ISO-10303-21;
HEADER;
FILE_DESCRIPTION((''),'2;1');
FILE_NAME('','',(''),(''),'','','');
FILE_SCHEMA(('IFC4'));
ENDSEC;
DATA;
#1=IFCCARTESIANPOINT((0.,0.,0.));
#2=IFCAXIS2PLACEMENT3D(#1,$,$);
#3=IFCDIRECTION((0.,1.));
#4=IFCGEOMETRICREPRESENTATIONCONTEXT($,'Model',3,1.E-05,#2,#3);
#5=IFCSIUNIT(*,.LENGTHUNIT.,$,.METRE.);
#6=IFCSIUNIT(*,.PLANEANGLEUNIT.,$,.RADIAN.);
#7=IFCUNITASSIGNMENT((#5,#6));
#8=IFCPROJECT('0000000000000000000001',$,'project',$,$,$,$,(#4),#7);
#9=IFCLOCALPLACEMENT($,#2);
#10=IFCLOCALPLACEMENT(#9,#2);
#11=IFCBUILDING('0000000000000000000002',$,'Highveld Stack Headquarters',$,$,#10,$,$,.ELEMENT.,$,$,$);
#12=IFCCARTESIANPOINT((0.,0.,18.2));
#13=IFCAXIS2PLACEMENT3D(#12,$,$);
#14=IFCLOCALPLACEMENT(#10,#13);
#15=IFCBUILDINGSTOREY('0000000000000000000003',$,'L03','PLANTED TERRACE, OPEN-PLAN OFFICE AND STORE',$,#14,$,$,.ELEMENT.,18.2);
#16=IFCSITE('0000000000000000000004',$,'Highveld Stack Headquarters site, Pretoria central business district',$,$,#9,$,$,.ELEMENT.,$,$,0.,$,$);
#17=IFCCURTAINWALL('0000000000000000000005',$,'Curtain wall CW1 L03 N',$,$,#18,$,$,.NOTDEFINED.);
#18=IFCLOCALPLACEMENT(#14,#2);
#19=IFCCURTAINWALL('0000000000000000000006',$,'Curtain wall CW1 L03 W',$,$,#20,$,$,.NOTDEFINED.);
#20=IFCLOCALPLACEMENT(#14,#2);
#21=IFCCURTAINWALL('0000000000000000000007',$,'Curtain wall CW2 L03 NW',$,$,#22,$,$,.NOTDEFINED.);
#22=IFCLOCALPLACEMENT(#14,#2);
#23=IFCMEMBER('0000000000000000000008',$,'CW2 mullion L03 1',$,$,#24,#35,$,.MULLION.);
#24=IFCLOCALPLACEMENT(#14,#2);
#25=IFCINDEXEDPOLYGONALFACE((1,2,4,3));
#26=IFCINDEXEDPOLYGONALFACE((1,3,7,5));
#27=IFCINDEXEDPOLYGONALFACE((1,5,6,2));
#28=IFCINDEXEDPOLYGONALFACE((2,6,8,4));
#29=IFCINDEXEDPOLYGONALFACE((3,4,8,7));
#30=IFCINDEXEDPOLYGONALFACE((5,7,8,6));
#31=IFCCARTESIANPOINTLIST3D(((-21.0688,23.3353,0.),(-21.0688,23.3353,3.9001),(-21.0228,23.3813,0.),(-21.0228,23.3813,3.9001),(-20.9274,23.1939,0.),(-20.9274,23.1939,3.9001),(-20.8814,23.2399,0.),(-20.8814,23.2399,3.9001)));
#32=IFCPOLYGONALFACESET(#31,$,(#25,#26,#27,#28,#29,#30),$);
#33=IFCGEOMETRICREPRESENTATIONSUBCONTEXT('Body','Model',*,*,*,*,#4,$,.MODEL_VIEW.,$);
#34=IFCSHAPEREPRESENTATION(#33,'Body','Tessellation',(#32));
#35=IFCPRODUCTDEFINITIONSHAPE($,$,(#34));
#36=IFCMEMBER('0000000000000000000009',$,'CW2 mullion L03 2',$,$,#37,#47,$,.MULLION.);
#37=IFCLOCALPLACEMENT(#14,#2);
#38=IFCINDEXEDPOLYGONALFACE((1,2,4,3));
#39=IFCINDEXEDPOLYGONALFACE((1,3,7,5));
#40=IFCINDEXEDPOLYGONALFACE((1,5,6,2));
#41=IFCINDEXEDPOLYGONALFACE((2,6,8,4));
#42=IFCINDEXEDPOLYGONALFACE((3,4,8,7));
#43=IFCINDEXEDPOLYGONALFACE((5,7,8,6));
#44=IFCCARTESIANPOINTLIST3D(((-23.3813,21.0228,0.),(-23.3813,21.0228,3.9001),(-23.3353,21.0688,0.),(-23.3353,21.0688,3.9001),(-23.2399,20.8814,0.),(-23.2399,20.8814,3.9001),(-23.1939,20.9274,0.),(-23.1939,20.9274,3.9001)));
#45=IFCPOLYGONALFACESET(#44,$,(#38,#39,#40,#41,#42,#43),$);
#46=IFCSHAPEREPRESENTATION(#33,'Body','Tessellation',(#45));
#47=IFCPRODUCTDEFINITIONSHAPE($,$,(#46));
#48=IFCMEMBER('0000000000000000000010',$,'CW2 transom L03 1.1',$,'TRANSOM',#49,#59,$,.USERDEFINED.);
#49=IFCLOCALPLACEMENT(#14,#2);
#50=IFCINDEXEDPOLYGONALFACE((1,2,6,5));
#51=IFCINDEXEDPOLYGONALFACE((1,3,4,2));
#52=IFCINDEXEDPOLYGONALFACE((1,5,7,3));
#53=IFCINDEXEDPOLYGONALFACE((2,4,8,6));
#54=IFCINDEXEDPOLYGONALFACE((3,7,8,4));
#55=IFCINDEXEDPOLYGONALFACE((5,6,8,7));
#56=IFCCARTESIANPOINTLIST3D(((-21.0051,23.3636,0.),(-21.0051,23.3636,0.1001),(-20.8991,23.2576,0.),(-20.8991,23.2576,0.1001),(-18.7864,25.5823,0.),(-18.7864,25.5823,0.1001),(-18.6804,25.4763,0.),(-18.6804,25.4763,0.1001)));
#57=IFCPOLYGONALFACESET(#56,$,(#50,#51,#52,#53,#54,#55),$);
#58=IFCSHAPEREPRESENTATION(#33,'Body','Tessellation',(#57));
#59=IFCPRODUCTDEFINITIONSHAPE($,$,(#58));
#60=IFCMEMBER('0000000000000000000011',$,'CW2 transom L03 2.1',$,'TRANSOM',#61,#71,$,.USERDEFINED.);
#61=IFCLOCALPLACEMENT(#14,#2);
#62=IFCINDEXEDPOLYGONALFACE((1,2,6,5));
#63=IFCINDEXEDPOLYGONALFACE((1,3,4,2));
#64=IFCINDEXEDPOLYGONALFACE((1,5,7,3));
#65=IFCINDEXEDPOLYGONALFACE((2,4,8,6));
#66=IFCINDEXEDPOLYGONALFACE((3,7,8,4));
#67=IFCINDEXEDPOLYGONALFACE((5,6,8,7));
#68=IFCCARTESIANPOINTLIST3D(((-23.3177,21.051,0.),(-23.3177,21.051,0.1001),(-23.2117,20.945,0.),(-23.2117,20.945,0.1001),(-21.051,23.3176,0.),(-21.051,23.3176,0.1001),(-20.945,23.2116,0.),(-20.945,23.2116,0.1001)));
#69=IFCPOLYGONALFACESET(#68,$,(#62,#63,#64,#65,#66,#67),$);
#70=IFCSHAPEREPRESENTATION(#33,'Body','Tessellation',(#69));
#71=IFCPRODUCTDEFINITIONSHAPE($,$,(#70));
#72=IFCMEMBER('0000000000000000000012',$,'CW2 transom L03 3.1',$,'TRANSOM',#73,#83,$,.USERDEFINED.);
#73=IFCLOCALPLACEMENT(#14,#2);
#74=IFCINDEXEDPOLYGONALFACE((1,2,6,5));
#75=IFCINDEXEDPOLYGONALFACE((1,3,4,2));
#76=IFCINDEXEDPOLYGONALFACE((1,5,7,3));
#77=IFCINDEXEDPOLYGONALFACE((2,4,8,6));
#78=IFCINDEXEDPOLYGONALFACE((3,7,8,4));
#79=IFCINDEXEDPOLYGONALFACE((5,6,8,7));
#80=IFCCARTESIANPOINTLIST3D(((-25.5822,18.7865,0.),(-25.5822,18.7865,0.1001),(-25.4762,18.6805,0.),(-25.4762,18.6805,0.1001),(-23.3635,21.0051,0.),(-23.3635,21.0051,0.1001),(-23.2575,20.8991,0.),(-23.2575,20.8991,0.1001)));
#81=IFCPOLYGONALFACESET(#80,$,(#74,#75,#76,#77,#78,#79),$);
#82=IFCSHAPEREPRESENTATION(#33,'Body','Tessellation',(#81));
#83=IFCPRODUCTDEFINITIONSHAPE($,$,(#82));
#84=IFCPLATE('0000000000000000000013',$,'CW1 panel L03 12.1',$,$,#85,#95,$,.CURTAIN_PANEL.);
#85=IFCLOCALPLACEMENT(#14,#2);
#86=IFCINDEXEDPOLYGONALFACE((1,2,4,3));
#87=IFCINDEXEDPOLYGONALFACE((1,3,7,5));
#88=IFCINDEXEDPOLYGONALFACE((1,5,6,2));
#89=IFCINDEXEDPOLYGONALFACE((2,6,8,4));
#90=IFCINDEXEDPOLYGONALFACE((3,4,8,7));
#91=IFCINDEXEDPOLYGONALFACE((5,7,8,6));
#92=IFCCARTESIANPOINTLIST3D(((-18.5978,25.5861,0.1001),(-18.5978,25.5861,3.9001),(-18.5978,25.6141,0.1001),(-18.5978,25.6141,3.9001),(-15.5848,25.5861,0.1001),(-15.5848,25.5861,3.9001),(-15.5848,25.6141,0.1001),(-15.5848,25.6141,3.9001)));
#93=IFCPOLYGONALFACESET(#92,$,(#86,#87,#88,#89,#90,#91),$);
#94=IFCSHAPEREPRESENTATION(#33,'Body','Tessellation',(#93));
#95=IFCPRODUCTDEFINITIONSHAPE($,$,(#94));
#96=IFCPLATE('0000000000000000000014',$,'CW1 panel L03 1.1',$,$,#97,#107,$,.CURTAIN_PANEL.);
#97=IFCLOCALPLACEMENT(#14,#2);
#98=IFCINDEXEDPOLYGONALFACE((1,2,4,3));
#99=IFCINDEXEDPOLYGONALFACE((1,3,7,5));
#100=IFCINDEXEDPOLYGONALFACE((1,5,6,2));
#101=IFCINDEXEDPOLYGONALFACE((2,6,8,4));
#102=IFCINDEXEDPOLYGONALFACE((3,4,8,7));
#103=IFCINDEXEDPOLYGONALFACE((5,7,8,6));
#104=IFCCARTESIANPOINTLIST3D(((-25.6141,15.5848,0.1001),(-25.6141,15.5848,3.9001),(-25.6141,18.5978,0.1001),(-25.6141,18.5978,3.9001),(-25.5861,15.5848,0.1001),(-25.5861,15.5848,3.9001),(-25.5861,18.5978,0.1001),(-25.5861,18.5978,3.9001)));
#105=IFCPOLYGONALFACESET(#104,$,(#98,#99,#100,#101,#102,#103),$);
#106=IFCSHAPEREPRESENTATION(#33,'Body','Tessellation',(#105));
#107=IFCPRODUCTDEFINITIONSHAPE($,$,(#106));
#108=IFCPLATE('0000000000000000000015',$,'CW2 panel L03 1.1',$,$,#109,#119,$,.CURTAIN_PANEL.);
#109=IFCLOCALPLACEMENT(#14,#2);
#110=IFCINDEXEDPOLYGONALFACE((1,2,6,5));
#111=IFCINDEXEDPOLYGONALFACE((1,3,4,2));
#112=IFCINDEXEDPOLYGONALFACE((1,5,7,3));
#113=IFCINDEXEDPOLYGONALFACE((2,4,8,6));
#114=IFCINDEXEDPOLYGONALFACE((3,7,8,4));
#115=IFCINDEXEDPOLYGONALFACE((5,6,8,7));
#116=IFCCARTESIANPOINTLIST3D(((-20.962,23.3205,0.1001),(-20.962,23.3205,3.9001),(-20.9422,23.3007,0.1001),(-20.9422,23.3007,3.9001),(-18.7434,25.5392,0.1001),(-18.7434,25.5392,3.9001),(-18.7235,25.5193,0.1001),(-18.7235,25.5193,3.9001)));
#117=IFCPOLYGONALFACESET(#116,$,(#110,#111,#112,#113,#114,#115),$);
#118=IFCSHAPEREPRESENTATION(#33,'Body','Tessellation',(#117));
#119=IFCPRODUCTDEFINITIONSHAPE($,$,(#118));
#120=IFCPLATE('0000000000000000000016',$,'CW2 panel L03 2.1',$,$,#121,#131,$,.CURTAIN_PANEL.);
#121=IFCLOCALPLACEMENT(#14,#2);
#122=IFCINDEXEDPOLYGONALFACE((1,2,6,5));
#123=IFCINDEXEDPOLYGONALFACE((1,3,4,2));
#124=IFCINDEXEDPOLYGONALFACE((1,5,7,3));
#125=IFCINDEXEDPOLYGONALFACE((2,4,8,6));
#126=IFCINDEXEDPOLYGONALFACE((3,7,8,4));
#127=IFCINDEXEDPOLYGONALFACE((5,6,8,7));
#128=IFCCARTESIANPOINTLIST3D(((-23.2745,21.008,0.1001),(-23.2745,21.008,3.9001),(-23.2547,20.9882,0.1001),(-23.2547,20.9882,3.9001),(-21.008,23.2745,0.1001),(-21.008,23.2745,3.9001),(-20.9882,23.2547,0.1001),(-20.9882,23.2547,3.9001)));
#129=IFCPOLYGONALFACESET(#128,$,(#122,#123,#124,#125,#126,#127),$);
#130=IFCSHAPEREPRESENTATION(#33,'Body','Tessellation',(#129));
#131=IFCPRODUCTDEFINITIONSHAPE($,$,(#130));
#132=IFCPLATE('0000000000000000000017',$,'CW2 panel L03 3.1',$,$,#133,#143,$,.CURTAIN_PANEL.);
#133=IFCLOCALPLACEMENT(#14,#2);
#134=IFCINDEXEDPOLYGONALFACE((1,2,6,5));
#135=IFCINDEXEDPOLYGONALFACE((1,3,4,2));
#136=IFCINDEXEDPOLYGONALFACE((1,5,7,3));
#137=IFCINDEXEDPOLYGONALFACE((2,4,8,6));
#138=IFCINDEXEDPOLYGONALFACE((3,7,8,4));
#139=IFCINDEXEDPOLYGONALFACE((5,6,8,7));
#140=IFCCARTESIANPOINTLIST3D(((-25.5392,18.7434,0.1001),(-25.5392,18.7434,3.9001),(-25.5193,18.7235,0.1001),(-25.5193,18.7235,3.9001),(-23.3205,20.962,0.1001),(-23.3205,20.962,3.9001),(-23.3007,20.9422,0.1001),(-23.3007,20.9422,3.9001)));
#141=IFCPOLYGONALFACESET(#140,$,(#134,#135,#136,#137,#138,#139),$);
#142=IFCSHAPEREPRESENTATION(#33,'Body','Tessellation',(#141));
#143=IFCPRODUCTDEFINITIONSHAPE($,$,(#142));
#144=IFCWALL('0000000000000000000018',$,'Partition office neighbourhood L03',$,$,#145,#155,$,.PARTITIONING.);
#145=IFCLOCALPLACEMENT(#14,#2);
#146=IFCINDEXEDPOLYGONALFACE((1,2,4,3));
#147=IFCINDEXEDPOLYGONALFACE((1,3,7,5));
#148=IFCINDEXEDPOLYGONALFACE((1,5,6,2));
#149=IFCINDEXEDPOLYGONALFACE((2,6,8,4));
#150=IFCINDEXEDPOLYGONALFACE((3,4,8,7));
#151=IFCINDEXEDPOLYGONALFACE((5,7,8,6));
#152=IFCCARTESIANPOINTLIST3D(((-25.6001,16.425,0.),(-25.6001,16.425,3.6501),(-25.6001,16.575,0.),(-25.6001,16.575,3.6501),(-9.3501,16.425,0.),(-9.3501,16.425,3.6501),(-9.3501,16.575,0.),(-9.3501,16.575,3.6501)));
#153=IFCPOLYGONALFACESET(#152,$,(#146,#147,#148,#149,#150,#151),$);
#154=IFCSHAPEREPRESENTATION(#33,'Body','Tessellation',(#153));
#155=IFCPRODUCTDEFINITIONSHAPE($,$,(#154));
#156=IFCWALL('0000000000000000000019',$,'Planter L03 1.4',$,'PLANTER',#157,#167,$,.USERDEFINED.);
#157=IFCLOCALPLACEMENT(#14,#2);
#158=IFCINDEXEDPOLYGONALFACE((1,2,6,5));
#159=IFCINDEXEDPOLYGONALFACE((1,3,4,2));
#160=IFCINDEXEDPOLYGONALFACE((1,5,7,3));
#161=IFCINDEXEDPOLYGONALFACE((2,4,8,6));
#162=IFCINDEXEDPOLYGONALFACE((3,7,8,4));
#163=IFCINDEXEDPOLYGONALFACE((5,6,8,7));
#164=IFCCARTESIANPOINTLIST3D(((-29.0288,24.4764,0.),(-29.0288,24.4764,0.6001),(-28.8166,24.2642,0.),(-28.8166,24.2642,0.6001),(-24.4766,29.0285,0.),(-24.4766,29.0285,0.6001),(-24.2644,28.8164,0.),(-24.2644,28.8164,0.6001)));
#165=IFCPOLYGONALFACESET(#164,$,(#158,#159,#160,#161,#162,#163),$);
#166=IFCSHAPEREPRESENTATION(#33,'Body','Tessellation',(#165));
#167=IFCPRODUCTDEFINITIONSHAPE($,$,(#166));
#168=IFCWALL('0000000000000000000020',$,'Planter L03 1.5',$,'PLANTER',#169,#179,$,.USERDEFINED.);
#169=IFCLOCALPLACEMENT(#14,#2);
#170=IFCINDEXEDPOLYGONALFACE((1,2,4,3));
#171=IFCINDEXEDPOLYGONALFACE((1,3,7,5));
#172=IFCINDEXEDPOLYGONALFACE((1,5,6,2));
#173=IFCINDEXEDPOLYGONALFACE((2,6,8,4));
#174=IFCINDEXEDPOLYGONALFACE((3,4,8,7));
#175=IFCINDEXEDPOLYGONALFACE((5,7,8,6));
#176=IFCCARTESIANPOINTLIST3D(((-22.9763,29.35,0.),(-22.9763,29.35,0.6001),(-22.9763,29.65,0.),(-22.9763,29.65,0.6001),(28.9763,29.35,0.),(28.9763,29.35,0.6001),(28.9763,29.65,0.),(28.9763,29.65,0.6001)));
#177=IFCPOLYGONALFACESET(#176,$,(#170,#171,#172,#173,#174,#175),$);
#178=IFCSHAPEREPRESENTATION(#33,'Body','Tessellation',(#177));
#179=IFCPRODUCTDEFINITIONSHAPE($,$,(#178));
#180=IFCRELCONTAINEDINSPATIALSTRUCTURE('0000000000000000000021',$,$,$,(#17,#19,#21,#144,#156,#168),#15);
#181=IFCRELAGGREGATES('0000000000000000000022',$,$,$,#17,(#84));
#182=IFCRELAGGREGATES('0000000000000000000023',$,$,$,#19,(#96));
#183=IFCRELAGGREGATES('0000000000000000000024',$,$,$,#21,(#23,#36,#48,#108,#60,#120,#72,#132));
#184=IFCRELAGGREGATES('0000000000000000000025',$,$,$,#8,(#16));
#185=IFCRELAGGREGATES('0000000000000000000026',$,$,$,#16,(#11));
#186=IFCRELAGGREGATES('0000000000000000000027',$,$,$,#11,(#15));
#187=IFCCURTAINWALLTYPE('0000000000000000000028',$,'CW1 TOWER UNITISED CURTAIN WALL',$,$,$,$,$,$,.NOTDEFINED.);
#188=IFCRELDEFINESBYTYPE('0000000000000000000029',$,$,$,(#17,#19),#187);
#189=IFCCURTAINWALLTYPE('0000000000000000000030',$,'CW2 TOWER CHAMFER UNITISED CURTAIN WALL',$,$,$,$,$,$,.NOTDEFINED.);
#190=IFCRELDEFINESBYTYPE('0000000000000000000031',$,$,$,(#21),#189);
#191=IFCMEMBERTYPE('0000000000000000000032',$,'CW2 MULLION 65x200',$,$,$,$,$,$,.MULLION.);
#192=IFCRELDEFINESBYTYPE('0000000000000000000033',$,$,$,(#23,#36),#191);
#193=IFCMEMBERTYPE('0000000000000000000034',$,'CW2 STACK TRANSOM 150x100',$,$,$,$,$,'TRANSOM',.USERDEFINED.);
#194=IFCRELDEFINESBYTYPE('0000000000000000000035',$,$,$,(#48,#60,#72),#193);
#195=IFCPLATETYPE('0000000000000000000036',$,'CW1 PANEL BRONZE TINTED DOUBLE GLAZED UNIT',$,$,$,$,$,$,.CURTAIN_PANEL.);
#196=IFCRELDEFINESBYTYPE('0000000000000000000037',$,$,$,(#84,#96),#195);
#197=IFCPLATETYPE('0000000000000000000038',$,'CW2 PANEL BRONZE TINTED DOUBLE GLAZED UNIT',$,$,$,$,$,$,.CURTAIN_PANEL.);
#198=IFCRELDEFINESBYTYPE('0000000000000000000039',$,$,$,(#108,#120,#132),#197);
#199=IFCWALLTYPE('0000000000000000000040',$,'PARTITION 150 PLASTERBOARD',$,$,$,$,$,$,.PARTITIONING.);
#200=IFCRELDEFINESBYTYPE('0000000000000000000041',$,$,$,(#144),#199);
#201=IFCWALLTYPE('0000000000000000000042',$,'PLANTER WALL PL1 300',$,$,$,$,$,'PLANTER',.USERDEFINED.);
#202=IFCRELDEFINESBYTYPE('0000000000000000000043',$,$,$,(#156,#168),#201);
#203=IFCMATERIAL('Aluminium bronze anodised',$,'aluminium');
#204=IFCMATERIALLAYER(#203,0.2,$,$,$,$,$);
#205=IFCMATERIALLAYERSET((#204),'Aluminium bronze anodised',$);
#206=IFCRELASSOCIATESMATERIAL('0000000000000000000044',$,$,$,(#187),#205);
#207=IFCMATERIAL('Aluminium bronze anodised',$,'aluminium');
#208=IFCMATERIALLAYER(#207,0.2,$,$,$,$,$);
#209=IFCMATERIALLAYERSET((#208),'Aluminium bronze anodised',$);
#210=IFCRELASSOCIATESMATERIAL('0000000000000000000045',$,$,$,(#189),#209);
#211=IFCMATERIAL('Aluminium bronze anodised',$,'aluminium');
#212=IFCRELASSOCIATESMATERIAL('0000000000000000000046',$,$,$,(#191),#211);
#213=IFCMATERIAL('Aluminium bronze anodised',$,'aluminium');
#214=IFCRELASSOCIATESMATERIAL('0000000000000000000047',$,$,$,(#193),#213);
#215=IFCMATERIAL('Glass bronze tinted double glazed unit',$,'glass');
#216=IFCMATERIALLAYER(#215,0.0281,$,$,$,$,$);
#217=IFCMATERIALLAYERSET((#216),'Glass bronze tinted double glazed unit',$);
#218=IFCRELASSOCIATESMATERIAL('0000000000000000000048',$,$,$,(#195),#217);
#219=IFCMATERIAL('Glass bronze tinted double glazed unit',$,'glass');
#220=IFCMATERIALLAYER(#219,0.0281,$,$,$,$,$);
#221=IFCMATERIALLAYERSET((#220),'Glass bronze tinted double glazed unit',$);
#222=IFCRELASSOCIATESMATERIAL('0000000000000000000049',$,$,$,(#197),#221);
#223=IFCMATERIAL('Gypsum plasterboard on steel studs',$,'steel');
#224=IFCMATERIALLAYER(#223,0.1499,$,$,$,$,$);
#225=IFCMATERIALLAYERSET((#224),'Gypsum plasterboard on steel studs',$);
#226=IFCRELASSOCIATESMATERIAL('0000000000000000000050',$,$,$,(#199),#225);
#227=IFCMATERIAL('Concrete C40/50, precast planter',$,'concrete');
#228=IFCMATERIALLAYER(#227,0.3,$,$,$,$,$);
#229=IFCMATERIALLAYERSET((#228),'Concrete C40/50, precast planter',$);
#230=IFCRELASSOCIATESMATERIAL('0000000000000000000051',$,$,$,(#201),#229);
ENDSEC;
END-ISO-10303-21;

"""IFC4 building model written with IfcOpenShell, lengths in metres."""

from ifc_helpers import new_model, si_unit, direction, frame, frame_2d, origin, origin_2d, place, context, subcontext, project, spatial, rectangle, extrude, material, layer, layer_set, material_profile, profile_set, type_object, element, aggregate, save


model = new_model("IFC4")

# Units and contexts
model_context = context("Model", 3, precision=1e-05, world=origin(), true_north=direction((0.0, 1.0)))
body_context = subcontext(model_context, "Body", "Model", "MODEL_VIEW")
ifc_project = project(units=[si_unit("LENGTHUNIT", "METRE"), si_unit("PLANEANGLEUNIT", "RADIAN")], contexts=[model_context])

# Site, building, storey
site_placement = place(None, origin())
site = spatial("IfcSite", under=ifc_project, at=site_placement, Name="Highveld Stack Headquarters site, Pretoria central business district", CompositionType="ELEMENT", RefElevation=0.0)
building_placement = place(site_placement, origin())
building = spatial("IfcBuilding", under=site, at=building_placement, Name="Highveld Stack Headquarters", CompositionType="ELEMENT")
storey_placement = place(building_placement, frame((0.0, 0.0, 18.2)))
storey = spatial("IfcBuildingStorey", under=building, at=storey_placement, Name="L03", Description="PLANTED TERRACE, OPEN-PLAN OFFICE AND STORE", CompositionType="ELEMENT", Elevation=18.2)

# Curtain walls
ifc_material_1 = material(Name="Aluminium bronze anodised", Category="aluminium")
ifc_layer_1 = layer(ifc_material_1, 0.2)
ifc_layer_set_1 = layer_set([ifc_layer_1], Name="Aluminium bronze anodised")
curtain_wall_type_1 = type_object("IfcCurtainWallType", Name="CW1 TOWER UNITISED CURTAIN WALL", PredefinedType="NOTDEFINED", material=ifc_layer_set_1)
curtain_wall_1_placement = place(storey_placement, origin())
curtain_wall_1 = element("IfcCurtainWall", 1, at=curtain_wall_1_placement, inside=storey, type_object=curtain_wall_type_1, Name="Curtain wall CW1 L03 N", PredefinedType="NOTDEFINED")
curtain_wall_2_placement = place(storey_placement, origin())
curtain_wall_2 = element("IfcCurtainWall", 2, at=curtain_wall_2_placement, inside=storey, type_object=curtain_wall_type_1, Name="Curtain wall CW1 L03 W", PredefinedType="NOTDEFINED")

# Curtain wall, members
ifc_material_2 = material(Name="Aluminium bronze anodised", Category="aluminium")
ifc_layer_2 = layer(ifc_material_2, 0.2)
ifc_layer_set_2 = layer_set([ifc_layer_2], Name="Aluminium bronze anodised")
curtain_wall_type_2 = type_object("IfcCurtainWallType", Name="CW2 TOWER CHAMFER UNITISED CURTAIN WALL", PredefinedType="NOTDEFINED", material=ifc_layer_set_2)
curtain_wall_3_placement = place(storey_placement, origin())
curtain_wall_3 = element("IfcCurtainWall", 3, at=curtain_wall_3_placement, inside=storey, type_object=curtain_wall_type_2, Name="Curtain wall CW2 L03 NW", PredefinedType="NOTDEFINED")
ifc_material_3 = material(Name="Aluminium bronze anodised", Category="aluminium")
ifc_material_profile_1 = material_profile(ifc_material_3, rectangle(XDim=0.2, YDim=0.0649, at=origin_2d()), Name="CW2 MULLION 65x200")
ifc_profile_set_1 = profile_set([ifc_material_profile_1], Name="Aluminium bronze anodised")
member_type_1 = type_object("IfcMemberType", Name="CW2 MULLION 65x200", PredefinedType="MULLION", material=ifc_profile_set_1)
member_1_placement = place(storey_placement, frame((-20.9751, 23.2876, 0.0), z_axis=(0.0, 0.0, 1.0), x_axis=(0.707107, -0.707107, 0.0)))
member_1 = element("IfcMember", 4, at=member_1_placement, type_object=member_type_1, Name="CW2 mullion L03 1", PredefinedType="MULLION", context=body_context, shape_type="SweptSolid", body=[
    extrude(rectangle(XDim=0.2, YDim=0.0649, at=origin_2d()), origin(), (0.0, 0.0, 1.0), 3.9001),
])
member_2_placement = place(storey_placement, frame((-23.2876, 20.9751, 0.0), z_axis=(0.0, 0.0, 1.0), x_axis=(0.707107, -0.707107, 0.0)))
member_2 = element("IfcMember", 5, at=member_2_placement, type_object=member_type_1, Name="CW2 mullion L03 2", PredefinedType="MULLION", context=body_context, shape_type="SweptSolid", body=[
    extrude(rectangle(XDim=0.2, YDim=0.0649, at=origin_2d()), origin(), (0.0, 0.0, 1.0), 3.9001),
])
ifc_material_4 = material(Name="Aluminium bronze anodised", Category="aluminium")
ifc_material_profile_2 = material_profile(ifc_material_4, rectangle(XDim=0.1499, YDim=0.1001, at=origin_2d()), Name="CW2 TRANSOM 150x100")
ifc_profile_set_2 = profile_set([ifc_material_profile_2], Name="Aluminium bronze anodised")
member_type_2 = type_object("IfcMemberType", Name="CW2 STACK TRANSOM 150x100", ElementType="TRANSOM", PredefinedType="USERDEFINED", material=ifc_profile_set_2)
member_3_placement = place(storey_placement, frame((-18.7334, 25.5293, 0.05), z_axis=(-0.707107, -0.707107, 0.0), x_axis=(0.707107, -0.707107, 0.0)))
member_3 = element("IfcMember", 6, at=member_3_placement, type_object=member_type_2, Name="CW2 transom L03 1.1", ObjectType="TRANSOM", PredefinedType="USERDEFINED", context=body_context, shape_type="SweptSolid", body=[
    extrude(rectangle(XDim=0.1499, YDim=0.1001, at=origin_2d()), origin(), (0.0, 0.0, 1.0), 3.1377),
])
member_4_placement = place(storey_placement, frame((-20.998, 23.2646, 0.05), z_axis=(-0.707107, -0.707107, 0.0), x_axis=(0.707107, -0.707107, 0.0)))
member_4 = element("IfcMember", 7, at=member_4_placement, type_object=member_type_2, Name="CW2 transom L03 2.1", ObjectType="TRANSOM", PredefinedType="USERDEFINED", context=body_context, shape_type="SweptSolid", body=[
    extrude(rectangle(XDim=0.1499, YDim=0.1001, at=origin_2d()), origin(), (0.0, 0.0, 1.0), 3.2056),
])
member_5_placement = place(storey_placement, frame((-23.3105, 20.9521, 0.05), z_axis=(-0.707107, -0.707107, 0.0), x_axis=(0.707107, -0.707107, 0.0)))
member_5 = element("IfcMember", 8, at=member_5_placement, type_object=member_type_2, Name="CW2 transom L03 3.1", ObjectType="TRANSOM", PredefinedType="USERDEFINED", context=body_context, shape_type="SweptSolid", body=[
    extrude(rectangle(XDim=0.1499, YDim=0.1001, at=origin_2d()), origin(), (0.0, 0.0, 1.0), 3.1377),
])

# Plates
ifc_material_5 = material(Name="Glass bronze tinted double glazed unit", Category="glass")
ifc_layer_3 = layer(ifc_material_5, 0.0281)
ifc_layer_set_3 = layer_set([ifc_layer_3], Name="Glass bronze tinted double glazed unit")
plate_type_1 = type_object("IfcPlateType", Name="CW1 PANEL BRONZE TINTED DOUBLE GLAZED UNIT", PredefinedType="CURTAIN_PANEL", material=ifc_layer_set_3)
plate_1_placement = place(storey_placement, frame((-17.0913, 25.6001, 0.1001), z_axis=(0.0, 0.0, 1.0), x_axis=(-1.0, 0.0, 0.0)))
plate_1 = element("IfcPlate", 9, at=plate_1_placement, type_object=plate_type_1, Name="CW1 panel L03 12.1", PredefinedType="CURTAIN_PANEL", context=body_context, shape_type="SweptSolid", body=[
    extrude(rectangle(XDim=3.0129, YDim=0.0281, at=origin_2d()), origin(), (0.0, 0.0, 1.0), 3.8),
])
aggregate(curtain_wall_1, [plate_1])
plate_2_placement = place(storey_placement, frame((-25.6001, 17.0913, 0.1001), z_axis=(0.0, 0.0, 1.0), x_axis=(0.0, -1.0, 0.0)))
plate_2 = element("IfcPlate", 10, at=plate_2_placement, type_object=plate_type_1, Name="CW1 panel L03 1.1", PredefinedType="CURTAIN_PANEL", context=body_context, shape_type="SweptSolid", body=[
    extrude(rectangle(XDim=3.0129, YDim=0.0281, at=origin_2d()), origin(), (0.0, 0.0, 1.0), 3.8),
])
aggregate(curtain_wall_2, [plate_2])
ifc_material_6 = material(Name="Glass bronze tinted double glazed unit", Category="glass")
ifc_layer_4 = layer(ifc_material_6, 0.0281)
ifc_layer_set_4 = layer_set([ifc_layer_4], Name="Glass bronze tinted double glazed unit")
plate_type_2 = type_object("IfcPlateType", Name="CW2 PANEL BRONZE TINTED DOUBLE GLAZED UNIT", PredefinedType="CURTAIN_PANEL", material=ifc_layer_set_4)
plate_3_placement = place(storey_placement, frame((-19.8428, 24.4199, 0.1001), z_axis=(0.0, 0.0, 1.0), x_axis=(-0.707107, -0.707107, 0.0)))
plate_3 = element("IfcPlate", 11, at=plate_3_placement, type_object=plate_type_2, Name="CW2 panel L03 1.1", PredefinedType="CURTAIN_PANEL", context=body_context, shape_type="SweptSolid", body=[
    extrude(rectangle(XDim=3.1377, YDim=0.0281, at=origin_2d()), origin(), (0.0, 0.0, 1.0), 3.8),
])
plate_4_placement = place(storey_placement, frame((-22.1313, 22.1313, 0.1001), z_axis=(0.0, 0.0, 1.0), x_axis=(-0.707107, -0.707107, 0.0)))
plate_4 = element("IfcPlate", 12, at=plate_4_placement, type_object=plate_type_2, Name="CW2 panel L03 2.1", PredefinedType="CURTAIN_PANEL", context=body_context, shape_type="SweptSolid", body=[
    extrude(rectangle(XDim=3.2053, YDim=0.0281, at=origin_2d()), origin(), (0.0, 0.0, 1.0), 3.8),
])
plate_5_placement = place(storey_placement, frame((-24.4199, 19.8428, 0.1001), z_axis=(0.0, 0.0, 1.0), x_axis=(-0.707107, -0.707107, 0.0)))
plate_5 = element("IfcPlate", 13, at=plate_5_placement, type_object=plate_type_2, Name="CW2 panel L03 3.1", PredefinedType="CURTAIN_PANEL", context=body_context, shape_type="SweptSolid", body=[
    extrude(rectangle(XDim=3.1377, YDim=0.0281, at=origin_2d()), origin(), (0.0, 0.0, 1.0), 3.8),
])
aggregate(curtain_wall_3, [member_1, member_2, member_3, plate_3, member_4, plate_4, member_5, plate_5])

# Walls
ifc_material_7 = material(Name="Gypsum plasterboard on steel studs", Category="steel")
ifc_layer_5 = layer(ifc_material_7, 0.1499)
ifc_layer_set_5 = layer_set([ifc_layer_5], Name="Gypsum plasterboard on steel studs")
wall_type_1 = type_object("IfcWallType", Name="PARTITION 150 PLASTERBOARD", PredefinedType="PARTITIONING", material=ifc_layer_set_5)
wall_1_placement = place(storey_placement, frame((-25.6001, 16.5, 0.0), z_axis=(0.0, 0.0, 1.0), x_axis=(1.0, 0.0, 0.0)))
element("IfcWall", 14, at=wall_1_placement, inside=storey, type_object=wall_type_1, Name="Partition office neighbourhood L03", PredefinedType="PARTITIONING", context=body_context, shape_type="SweptSolid", body=[
    extrude(rectangle(XDim=16.25, YDim=0.1499, at=frame_2d((8.125, 0.0))), origin(), (0.0, 0.0, 1.0), 3.6501),
])
ifc_material_8 = material(Name="Concrete C40/50, precast planter", Category="concrete")
ifc_layer_6 = layer(ifc_material_8, 0.3)
ifc_layer_set_6 = layer_set([ifc_layer_6], Name="Concrete C40/50, precast planter")
wall_type_2 = type_object("IfcWallType", Name="PLANTER WALL PL1 300", ElementType="PLANTER", PredefinedType="USERDEFINED", material=ifc_layer_set_6)
wall_2_placement = place(storey_placement, frame((-28.9226, 24.3704, 0.0), z_axis=(0.0, 0.0, 1.0), x_axis=(0.707107, 0.707107, 0.0)))
element("IfcWall", 15, at=wall_2_placement, inside=storey, type_object=wall_type_2, Name="Planter L03 1.4", ObjectType="PLANTER", PredefinedType="USERDEFINED", context=body_context, shape_type="SweptSolid", body=[
    extrude(rectangle(XDim=6.4377, YDim=0.3, at=frame_2d((3.2188, 0.0))), origin(), (0.0, 0.0, 1.0), 0.6001),
])
wall_3_placement = place(storey_placement, frame((-22.9763, 29.5, 0.0), z_axis=(0.0, 0.0, 1.0), x_axis=(1.0, 0.0, 0.0)))
element("IfcWall", 16, at=wall_3_placement, inside=storey, type_object=wall_type_2, Name="Planter L03 1.5", ObjectType="PLANTER", PredefinedType="USERDEFINED", context=body_context, shape_type="SweptSolid", body=[
    extrude(rectangle(XDim=51.9526, YDim=0.3, at=frame_2d((25.9763, 0.0))), origin(), (0.0, 0.0, 1.0), 0.6001),
])

save(model, "model.ifc")
